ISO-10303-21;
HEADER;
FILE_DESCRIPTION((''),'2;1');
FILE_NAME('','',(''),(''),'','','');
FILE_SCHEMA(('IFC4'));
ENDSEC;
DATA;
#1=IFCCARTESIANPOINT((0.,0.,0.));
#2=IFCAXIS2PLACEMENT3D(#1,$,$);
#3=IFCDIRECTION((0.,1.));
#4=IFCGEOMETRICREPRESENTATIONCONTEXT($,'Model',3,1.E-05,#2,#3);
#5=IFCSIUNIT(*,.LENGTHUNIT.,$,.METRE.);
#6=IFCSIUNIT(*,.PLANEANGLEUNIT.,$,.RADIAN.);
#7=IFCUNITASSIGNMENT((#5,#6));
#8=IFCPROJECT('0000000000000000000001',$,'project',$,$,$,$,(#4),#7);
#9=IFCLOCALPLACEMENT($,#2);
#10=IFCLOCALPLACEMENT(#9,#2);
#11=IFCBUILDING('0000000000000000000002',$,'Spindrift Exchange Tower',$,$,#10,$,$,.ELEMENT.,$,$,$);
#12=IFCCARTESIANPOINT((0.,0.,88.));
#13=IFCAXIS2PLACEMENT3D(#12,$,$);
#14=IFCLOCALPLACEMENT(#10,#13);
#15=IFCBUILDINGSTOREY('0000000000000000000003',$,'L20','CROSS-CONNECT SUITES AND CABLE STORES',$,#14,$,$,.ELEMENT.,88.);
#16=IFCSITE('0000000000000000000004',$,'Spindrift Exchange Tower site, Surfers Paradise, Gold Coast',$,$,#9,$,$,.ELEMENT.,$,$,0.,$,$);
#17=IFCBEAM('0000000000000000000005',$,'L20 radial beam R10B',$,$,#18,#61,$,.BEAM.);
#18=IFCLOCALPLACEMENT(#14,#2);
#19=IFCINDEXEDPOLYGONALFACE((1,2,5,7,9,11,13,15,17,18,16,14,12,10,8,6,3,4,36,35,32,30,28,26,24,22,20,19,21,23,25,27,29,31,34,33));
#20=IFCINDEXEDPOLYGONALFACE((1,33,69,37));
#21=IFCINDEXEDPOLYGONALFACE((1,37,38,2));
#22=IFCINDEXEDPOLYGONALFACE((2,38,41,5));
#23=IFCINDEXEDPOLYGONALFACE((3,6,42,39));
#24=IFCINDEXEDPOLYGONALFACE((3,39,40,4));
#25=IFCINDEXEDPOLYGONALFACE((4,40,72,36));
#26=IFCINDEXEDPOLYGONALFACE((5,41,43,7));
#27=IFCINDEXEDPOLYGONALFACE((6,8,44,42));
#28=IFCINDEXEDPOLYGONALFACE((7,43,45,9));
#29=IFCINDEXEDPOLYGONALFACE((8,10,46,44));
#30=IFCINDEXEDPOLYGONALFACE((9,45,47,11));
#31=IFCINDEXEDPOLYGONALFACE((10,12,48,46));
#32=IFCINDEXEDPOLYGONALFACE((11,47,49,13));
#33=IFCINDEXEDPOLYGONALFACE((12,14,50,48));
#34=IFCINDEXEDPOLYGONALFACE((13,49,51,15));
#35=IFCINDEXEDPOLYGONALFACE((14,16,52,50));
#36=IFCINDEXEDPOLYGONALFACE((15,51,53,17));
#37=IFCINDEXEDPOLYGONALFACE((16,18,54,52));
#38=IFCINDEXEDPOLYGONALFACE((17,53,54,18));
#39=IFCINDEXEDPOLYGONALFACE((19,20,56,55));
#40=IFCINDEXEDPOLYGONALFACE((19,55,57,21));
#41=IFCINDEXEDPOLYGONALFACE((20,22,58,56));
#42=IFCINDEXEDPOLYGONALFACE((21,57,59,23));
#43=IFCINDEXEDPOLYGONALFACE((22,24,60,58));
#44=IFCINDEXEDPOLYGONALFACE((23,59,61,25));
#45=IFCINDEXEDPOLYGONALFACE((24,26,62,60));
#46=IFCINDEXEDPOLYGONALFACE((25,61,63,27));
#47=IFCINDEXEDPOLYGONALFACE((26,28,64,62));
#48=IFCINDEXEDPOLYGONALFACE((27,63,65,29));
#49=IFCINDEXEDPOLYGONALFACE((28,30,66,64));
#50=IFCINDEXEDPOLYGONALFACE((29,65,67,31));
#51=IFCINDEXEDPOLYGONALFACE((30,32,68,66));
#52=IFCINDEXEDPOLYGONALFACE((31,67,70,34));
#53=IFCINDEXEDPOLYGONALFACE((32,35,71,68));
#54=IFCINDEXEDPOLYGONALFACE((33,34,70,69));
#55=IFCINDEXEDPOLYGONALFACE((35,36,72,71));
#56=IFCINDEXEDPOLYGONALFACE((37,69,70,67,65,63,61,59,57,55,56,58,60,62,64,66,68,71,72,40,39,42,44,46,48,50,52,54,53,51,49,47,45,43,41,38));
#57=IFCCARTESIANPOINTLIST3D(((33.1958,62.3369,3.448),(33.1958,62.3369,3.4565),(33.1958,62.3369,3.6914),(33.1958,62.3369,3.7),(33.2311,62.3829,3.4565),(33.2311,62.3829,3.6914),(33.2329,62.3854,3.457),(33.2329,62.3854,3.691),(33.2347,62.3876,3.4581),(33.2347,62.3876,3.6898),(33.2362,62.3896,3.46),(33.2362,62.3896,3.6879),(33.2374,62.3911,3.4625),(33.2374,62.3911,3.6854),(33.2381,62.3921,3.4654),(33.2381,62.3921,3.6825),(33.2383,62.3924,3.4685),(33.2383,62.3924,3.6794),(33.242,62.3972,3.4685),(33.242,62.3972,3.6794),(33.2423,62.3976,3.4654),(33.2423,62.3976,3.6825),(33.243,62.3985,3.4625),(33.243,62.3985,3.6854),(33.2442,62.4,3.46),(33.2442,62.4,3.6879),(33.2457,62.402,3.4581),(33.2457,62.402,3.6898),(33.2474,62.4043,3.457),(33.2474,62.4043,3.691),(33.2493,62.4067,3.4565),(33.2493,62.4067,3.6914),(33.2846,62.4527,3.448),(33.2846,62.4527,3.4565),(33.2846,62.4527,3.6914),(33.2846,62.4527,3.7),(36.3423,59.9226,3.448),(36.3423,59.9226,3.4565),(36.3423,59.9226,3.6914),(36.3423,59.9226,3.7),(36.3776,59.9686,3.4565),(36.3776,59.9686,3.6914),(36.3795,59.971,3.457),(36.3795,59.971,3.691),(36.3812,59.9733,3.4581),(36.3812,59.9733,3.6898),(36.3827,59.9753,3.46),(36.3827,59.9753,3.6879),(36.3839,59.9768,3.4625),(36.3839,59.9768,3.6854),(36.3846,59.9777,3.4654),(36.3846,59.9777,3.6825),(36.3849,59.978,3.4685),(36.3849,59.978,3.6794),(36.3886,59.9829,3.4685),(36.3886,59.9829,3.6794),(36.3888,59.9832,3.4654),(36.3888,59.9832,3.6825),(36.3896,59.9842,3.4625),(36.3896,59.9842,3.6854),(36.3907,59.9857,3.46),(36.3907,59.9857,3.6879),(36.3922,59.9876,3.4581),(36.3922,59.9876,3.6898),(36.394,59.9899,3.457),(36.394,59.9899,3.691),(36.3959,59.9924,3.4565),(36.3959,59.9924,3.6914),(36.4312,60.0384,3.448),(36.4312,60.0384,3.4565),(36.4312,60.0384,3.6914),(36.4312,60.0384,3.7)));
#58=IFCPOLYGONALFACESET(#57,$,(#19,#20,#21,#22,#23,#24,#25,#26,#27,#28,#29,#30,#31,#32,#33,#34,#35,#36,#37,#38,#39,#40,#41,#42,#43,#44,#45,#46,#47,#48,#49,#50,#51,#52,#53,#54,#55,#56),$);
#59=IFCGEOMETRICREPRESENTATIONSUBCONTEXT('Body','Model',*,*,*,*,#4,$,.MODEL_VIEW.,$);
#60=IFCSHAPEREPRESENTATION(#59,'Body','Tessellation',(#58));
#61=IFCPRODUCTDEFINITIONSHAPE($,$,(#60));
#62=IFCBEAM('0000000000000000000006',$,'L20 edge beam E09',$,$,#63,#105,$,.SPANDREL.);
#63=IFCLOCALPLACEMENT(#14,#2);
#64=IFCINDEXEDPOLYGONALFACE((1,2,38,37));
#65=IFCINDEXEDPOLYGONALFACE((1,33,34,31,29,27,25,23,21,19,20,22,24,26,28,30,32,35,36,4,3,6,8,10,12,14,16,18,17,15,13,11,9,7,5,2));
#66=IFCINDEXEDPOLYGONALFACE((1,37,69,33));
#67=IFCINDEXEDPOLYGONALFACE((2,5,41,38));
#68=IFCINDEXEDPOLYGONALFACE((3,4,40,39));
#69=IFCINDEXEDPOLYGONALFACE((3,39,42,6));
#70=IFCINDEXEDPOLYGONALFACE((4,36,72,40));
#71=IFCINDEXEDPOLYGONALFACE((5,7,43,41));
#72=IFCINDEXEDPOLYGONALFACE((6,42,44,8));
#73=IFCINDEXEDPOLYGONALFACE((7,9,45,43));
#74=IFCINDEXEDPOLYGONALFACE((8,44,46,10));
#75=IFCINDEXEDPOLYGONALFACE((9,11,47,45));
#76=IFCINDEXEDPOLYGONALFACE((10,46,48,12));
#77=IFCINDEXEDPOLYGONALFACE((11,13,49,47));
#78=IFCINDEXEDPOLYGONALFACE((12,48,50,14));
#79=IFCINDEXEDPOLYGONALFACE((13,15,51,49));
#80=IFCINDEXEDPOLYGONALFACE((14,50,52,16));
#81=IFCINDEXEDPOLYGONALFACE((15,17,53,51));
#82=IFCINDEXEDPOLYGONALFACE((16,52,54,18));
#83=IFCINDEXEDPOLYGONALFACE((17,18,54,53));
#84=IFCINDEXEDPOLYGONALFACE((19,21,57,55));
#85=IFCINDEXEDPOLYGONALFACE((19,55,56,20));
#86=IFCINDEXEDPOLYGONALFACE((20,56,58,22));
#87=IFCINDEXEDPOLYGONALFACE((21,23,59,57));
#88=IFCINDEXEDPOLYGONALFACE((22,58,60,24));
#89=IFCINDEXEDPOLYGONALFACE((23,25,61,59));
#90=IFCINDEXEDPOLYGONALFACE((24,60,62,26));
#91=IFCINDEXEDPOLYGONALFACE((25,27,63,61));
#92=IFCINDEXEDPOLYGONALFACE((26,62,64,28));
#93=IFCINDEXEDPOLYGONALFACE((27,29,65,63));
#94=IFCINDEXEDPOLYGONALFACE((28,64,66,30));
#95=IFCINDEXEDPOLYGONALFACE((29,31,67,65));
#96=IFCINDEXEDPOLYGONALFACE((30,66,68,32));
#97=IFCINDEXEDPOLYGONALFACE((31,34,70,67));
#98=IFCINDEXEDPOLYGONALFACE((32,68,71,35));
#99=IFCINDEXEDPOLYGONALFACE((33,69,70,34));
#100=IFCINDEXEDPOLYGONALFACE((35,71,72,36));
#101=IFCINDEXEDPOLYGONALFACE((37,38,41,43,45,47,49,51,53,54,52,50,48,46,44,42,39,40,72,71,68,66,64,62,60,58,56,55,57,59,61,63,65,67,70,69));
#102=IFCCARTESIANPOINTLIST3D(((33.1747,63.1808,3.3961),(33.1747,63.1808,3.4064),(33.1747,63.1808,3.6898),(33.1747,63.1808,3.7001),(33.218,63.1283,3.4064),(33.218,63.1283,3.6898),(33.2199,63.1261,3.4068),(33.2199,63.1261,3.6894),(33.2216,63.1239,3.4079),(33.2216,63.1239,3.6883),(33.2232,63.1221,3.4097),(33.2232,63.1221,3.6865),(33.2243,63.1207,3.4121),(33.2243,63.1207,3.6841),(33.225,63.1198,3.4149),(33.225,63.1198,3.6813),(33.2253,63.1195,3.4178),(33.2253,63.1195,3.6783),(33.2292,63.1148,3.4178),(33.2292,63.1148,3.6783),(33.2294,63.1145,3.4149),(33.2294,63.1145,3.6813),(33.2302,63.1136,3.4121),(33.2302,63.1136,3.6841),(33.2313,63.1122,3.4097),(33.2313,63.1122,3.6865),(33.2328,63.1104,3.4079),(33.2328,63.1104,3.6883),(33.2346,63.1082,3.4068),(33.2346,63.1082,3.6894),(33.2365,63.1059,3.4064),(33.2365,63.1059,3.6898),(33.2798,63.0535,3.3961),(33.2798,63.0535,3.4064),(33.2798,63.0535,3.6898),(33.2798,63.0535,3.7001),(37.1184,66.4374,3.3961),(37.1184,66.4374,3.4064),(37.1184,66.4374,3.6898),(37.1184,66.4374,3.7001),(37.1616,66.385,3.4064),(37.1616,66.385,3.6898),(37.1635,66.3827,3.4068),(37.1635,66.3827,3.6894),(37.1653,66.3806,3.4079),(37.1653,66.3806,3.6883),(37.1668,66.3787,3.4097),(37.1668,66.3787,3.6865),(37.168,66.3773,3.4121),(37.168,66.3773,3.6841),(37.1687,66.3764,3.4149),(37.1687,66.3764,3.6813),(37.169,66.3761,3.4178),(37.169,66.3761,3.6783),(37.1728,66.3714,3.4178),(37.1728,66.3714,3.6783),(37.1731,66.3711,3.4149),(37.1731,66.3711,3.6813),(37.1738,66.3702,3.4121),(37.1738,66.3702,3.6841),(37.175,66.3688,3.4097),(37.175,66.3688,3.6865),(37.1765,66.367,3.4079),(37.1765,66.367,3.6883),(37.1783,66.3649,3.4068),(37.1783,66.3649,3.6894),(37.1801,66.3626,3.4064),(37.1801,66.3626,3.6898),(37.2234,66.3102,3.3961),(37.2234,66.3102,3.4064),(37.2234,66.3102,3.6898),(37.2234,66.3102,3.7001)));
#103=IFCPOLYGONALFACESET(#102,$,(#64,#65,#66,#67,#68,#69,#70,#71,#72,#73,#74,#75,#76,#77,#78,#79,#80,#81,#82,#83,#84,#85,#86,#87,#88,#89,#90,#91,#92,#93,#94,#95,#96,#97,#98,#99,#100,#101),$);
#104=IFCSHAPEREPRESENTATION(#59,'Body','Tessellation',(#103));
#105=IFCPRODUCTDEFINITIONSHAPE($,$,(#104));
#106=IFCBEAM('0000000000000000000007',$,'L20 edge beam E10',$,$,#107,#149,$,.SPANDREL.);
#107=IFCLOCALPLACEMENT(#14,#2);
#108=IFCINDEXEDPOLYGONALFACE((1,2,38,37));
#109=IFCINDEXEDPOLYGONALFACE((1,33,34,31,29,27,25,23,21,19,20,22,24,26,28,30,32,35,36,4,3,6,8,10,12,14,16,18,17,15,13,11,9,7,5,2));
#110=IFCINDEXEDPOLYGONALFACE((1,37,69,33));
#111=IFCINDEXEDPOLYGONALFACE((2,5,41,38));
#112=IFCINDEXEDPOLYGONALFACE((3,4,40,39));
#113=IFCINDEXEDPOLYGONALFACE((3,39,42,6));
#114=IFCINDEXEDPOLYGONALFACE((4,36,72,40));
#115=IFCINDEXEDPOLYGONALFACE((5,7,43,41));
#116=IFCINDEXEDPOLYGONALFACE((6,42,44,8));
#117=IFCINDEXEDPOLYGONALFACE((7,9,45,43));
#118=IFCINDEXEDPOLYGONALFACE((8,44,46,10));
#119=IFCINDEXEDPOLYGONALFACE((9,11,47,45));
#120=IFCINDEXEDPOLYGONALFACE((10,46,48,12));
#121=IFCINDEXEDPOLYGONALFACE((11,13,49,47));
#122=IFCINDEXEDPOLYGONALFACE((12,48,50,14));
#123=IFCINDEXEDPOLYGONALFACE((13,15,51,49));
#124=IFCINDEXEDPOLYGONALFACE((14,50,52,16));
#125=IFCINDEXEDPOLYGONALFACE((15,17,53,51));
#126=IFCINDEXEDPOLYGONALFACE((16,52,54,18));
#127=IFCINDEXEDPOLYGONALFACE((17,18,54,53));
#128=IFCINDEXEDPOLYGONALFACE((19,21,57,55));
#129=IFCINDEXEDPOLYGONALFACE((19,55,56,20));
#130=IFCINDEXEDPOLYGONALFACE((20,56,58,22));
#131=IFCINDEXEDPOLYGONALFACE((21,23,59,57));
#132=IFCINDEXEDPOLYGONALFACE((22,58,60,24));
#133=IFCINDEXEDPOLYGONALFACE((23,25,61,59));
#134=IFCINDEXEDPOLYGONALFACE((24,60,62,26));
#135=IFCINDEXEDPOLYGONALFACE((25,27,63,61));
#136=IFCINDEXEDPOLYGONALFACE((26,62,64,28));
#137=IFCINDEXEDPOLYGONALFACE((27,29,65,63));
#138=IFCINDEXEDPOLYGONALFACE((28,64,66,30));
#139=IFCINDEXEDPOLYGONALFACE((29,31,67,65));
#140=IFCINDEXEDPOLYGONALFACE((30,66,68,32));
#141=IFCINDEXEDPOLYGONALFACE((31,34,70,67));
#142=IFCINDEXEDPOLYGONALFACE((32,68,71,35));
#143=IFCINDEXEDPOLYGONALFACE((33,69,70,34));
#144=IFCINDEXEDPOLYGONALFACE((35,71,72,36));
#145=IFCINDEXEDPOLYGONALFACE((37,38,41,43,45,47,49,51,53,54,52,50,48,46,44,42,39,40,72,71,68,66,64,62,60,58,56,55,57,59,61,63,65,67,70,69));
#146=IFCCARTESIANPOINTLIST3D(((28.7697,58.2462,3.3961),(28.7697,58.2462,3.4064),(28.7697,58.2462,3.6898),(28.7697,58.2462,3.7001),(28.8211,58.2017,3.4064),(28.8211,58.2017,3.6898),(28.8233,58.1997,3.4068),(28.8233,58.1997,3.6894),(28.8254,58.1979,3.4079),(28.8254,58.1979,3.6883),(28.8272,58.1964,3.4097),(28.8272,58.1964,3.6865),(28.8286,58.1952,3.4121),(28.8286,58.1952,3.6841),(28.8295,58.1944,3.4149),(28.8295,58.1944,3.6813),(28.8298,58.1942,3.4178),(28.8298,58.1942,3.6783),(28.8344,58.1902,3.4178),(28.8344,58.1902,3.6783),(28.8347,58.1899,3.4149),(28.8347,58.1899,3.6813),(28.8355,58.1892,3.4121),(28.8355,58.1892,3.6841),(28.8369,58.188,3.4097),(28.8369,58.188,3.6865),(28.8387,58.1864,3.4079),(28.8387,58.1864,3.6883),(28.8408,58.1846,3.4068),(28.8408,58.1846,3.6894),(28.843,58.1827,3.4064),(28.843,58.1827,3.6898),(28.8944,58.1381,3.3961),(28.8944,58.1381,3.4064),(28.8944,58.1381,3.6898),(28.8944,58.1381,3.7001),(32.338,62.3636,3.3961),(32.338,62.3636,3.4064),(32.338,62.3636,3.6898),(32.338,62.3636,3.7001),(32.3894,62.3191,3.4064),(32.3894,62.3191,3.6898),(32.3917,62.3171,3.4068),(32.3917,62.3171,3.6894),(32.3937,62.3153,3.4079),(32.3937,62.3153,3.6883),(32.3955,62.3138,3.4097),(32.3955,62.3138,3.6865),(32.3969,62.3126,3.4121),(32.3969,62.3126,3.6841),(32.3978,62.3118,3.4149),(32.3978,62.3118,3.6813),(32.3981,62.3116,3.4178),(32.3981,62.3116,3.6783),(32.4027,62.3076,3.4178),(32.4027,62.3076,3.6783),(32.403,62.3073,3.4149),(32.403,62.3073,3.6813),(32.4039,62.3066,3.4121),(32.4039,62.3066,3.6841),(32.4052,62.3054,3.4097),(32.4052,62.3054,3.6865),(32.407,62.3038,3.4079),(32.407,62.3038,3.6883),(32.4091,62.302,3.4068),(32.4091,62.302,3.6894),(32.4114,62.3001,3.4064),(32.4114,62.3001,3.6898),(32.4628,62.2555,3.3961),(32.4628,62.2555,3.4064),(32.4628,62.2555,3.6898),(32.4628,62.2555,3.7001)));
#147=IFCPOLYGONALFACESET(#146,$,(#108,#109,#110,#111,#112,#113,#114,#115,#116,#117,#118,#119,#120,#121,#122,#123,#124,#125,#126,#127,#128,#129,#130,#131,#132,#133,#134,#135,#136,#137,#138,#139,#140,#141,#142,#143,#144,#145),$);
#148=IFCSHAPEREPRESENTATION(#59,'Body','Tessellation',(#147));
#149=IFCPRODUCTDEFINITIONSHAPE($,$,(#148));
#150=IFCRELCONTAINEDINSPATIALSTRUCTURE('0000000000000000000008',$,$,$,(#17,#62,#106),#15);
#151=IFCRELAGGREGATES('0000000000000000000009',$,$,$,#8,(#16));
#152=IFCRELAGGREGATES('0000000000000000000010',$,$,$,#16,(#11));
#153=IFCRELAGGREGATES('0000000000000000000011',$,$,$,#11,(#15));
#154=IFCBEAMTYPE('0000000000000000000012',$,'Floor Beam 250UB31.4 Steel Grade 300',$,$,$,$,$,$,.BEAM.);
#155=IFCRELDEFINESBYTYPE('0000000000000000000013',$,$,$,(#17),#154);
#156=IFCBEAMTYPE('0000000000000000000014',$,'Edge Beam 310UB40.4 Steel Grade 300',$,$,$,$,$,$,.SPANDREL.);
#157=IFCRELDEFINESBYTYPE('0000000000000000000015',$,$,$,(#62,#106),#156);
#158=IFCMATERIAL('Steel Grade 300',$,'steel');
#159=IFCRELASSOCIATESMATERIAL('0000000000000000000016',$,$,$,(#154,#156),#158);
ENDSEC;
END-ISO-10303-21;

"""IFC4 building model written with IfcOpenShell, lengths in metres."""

from ifc_helpers import new_model, si_unit, direction, frame, origin, origin_2d, place, context, subcontext, project, spatial, i_section, extrude, source, transform, mapped, material, material_profile, profile_set, type_object, element, save


model = new_model("IFC4")

# Units and contexts
model_context = context("Model", 3, precision=1e-05, world=origin(), true_north=direction((0.0, 1.0)))
body_context = subcontext(model_context, "Body", "Model", "MODEL_VIEW")
ifc_project = project(units=[si_unit("LENGTHUNIT", "METRE"), si_unit("PLANEANGLEUNIT", "RADIAN")], contexts=[model_context])

# Site, building, storey
site_placement = place(None, origin())
site = spatial("IfcSite", under=ifc_project, at=site_placement, Name="Spindrift Exchange Tower site, Surfers Paradise, Gold Coast", CompositionType="ELEMENT", RefElevation=0.0)
building_placement = place(site_placement, origin())
building = spatial("IfcBuilding", under=site, at=building_placement, Name="Spindrift Exchange Tower", CompositionType="ELEMENT")
storey_placement = place(building_placement, frame((0.0, 0.0, 88.0)))
storey = spatial("IfcBuildingStorey", under=building, at=storey_placement, Name="L20", Description="CROSS-CONNECT SUITES AND CABLE STORES", CompositionType="ELEMENT", Elevation=88.0)

# Beams
ifc_material_1 = material(Name="Steel Grade 300", Category="steel")
ifc_material_profile_1 = material_profile(ifc_material_1, i_section(OverallWidth=0.146, OverallDepth=0.252, WebThickness=0.0061, FlangeThickness=0.0085, FilletRadius=0.012, at=origin_2d()), Name="250UB31.4")
ifc_profile_set_1 = profile_set([ifc_material_profile_1], Name="Steel Grade 300")
beam_type_1 = type_object("IfcBeamType", Name="Floor Beam 250UB31.4 Steel Grade 300", PredefinedType="BEAM", material=ifc_profile_set_1)
shared_shape_1 = source(origin(), body_context, "Body", "SweptSolid", [
    extrude(i_section(OverallWidth=0.146, OverallDepth=0.252, WebThickness=0.0061, FlangeThickness=0.0085, FilletRadius=0.012, at=origin_2d()), origin(), (0.0, 0.0, 1.0), 3.9661),
])
beam_1_placement = place(storey_placement, frame((36.3867, 59.9805, 3.574), z_axis=(-0.793363, 0.608749, 0.0), x_axis=(-0.608749, -0.793363, 0.0)))
element("IfcBeam", 1, at=beam_1_placement, inside=storey, type_object=beam_type_1, Name="L20 radial beam R10B", PredefinedType="BEAM", context=body_context, shape_type="MappedRepresentation", body=[
    mapped(shared_shape_1, transform((0.0, 0.0, 0.0), scale=1.0)),
])
ifc_material_profile_2 = material_profile(ifc_material_1, i_section(OverallWidth=0.165, OverallDepth=0.304, WebThickness=0.0061, FlangeThickness=0.0103, FilletRadius=0.0115, at=origin_2d()), Name="310UB40.4")
ifc_profile_set_2 = profile_set([ifc_material_profile_2], Name="Steel Grade 300")
beam_type_2 = type_object("IfcBeamType", Name="Edge Beam 310UB40.4 Steel Grade 300", PredefinedType="SPANDREL", material=ifc_profile_set_2)
shared_shape_2 = source(origin(), body_context, "Body", "SweptSolid", [
    extrude(i_section(OverallWidth=0.165, OverallDepth=0.304, WebThickness=0.0061, FlangeThickness=0.0103, FilletRadius=0.0115, at=origin_2d()), origin(), (0.0, 0.0, 1.0), 5.1145),
])
beam_2_placement = place(storey_placement, frame((37.1709, 66.3738, 3.5481), z_axis=(-0.771074, -0.636746, 0.0), x_axis=(0.636746, -0.771074, 0.0)))
element("IfcBeam", 2, at=beam_2_placement, inside=storey, type_object=beam_type_2, Name="L20 edge beam E09", PredefinedType="SPANDREL", context=body_context, shape_type="MappedRepresentation", body=[
    mapped(shared_shape_2, transform((0.0, 0.0, 0.0), scale=1.0)),
])
shared_shape_3 = source(origin(), body_context, "Body", "SweptSolid", [
    extrude(i_section(OverallWidth=0.165, OverallDepth=0.304, WebThickness=0.0061, FlangeThickness=0.0103, FilletRadius=0.0115, at=origin_2d()), origin(), (0.0, 0.0, 1.0), 5.4485),
])
beam_3_placement = place(storey_placement, frame((32.4004, 62.3096, 3.5481), z_axis=(-0.654922, -0.755696, 0.0), x_axis=(0.755696, -0.654922, 0.0)))
element("IfcBeam", 3, at=beam_3_placement, inside=storey, type_object=beam_type_2, Name="L20 edge beam E10", PredefinedType="SPANDREL", context=body_context, shape_type="MappedRepresentation", body=[
    mapped(shared_shape_3, transform((0.0, 0.0, 0.0), scale=1.0)),
])

save(model, "model.ifc")
